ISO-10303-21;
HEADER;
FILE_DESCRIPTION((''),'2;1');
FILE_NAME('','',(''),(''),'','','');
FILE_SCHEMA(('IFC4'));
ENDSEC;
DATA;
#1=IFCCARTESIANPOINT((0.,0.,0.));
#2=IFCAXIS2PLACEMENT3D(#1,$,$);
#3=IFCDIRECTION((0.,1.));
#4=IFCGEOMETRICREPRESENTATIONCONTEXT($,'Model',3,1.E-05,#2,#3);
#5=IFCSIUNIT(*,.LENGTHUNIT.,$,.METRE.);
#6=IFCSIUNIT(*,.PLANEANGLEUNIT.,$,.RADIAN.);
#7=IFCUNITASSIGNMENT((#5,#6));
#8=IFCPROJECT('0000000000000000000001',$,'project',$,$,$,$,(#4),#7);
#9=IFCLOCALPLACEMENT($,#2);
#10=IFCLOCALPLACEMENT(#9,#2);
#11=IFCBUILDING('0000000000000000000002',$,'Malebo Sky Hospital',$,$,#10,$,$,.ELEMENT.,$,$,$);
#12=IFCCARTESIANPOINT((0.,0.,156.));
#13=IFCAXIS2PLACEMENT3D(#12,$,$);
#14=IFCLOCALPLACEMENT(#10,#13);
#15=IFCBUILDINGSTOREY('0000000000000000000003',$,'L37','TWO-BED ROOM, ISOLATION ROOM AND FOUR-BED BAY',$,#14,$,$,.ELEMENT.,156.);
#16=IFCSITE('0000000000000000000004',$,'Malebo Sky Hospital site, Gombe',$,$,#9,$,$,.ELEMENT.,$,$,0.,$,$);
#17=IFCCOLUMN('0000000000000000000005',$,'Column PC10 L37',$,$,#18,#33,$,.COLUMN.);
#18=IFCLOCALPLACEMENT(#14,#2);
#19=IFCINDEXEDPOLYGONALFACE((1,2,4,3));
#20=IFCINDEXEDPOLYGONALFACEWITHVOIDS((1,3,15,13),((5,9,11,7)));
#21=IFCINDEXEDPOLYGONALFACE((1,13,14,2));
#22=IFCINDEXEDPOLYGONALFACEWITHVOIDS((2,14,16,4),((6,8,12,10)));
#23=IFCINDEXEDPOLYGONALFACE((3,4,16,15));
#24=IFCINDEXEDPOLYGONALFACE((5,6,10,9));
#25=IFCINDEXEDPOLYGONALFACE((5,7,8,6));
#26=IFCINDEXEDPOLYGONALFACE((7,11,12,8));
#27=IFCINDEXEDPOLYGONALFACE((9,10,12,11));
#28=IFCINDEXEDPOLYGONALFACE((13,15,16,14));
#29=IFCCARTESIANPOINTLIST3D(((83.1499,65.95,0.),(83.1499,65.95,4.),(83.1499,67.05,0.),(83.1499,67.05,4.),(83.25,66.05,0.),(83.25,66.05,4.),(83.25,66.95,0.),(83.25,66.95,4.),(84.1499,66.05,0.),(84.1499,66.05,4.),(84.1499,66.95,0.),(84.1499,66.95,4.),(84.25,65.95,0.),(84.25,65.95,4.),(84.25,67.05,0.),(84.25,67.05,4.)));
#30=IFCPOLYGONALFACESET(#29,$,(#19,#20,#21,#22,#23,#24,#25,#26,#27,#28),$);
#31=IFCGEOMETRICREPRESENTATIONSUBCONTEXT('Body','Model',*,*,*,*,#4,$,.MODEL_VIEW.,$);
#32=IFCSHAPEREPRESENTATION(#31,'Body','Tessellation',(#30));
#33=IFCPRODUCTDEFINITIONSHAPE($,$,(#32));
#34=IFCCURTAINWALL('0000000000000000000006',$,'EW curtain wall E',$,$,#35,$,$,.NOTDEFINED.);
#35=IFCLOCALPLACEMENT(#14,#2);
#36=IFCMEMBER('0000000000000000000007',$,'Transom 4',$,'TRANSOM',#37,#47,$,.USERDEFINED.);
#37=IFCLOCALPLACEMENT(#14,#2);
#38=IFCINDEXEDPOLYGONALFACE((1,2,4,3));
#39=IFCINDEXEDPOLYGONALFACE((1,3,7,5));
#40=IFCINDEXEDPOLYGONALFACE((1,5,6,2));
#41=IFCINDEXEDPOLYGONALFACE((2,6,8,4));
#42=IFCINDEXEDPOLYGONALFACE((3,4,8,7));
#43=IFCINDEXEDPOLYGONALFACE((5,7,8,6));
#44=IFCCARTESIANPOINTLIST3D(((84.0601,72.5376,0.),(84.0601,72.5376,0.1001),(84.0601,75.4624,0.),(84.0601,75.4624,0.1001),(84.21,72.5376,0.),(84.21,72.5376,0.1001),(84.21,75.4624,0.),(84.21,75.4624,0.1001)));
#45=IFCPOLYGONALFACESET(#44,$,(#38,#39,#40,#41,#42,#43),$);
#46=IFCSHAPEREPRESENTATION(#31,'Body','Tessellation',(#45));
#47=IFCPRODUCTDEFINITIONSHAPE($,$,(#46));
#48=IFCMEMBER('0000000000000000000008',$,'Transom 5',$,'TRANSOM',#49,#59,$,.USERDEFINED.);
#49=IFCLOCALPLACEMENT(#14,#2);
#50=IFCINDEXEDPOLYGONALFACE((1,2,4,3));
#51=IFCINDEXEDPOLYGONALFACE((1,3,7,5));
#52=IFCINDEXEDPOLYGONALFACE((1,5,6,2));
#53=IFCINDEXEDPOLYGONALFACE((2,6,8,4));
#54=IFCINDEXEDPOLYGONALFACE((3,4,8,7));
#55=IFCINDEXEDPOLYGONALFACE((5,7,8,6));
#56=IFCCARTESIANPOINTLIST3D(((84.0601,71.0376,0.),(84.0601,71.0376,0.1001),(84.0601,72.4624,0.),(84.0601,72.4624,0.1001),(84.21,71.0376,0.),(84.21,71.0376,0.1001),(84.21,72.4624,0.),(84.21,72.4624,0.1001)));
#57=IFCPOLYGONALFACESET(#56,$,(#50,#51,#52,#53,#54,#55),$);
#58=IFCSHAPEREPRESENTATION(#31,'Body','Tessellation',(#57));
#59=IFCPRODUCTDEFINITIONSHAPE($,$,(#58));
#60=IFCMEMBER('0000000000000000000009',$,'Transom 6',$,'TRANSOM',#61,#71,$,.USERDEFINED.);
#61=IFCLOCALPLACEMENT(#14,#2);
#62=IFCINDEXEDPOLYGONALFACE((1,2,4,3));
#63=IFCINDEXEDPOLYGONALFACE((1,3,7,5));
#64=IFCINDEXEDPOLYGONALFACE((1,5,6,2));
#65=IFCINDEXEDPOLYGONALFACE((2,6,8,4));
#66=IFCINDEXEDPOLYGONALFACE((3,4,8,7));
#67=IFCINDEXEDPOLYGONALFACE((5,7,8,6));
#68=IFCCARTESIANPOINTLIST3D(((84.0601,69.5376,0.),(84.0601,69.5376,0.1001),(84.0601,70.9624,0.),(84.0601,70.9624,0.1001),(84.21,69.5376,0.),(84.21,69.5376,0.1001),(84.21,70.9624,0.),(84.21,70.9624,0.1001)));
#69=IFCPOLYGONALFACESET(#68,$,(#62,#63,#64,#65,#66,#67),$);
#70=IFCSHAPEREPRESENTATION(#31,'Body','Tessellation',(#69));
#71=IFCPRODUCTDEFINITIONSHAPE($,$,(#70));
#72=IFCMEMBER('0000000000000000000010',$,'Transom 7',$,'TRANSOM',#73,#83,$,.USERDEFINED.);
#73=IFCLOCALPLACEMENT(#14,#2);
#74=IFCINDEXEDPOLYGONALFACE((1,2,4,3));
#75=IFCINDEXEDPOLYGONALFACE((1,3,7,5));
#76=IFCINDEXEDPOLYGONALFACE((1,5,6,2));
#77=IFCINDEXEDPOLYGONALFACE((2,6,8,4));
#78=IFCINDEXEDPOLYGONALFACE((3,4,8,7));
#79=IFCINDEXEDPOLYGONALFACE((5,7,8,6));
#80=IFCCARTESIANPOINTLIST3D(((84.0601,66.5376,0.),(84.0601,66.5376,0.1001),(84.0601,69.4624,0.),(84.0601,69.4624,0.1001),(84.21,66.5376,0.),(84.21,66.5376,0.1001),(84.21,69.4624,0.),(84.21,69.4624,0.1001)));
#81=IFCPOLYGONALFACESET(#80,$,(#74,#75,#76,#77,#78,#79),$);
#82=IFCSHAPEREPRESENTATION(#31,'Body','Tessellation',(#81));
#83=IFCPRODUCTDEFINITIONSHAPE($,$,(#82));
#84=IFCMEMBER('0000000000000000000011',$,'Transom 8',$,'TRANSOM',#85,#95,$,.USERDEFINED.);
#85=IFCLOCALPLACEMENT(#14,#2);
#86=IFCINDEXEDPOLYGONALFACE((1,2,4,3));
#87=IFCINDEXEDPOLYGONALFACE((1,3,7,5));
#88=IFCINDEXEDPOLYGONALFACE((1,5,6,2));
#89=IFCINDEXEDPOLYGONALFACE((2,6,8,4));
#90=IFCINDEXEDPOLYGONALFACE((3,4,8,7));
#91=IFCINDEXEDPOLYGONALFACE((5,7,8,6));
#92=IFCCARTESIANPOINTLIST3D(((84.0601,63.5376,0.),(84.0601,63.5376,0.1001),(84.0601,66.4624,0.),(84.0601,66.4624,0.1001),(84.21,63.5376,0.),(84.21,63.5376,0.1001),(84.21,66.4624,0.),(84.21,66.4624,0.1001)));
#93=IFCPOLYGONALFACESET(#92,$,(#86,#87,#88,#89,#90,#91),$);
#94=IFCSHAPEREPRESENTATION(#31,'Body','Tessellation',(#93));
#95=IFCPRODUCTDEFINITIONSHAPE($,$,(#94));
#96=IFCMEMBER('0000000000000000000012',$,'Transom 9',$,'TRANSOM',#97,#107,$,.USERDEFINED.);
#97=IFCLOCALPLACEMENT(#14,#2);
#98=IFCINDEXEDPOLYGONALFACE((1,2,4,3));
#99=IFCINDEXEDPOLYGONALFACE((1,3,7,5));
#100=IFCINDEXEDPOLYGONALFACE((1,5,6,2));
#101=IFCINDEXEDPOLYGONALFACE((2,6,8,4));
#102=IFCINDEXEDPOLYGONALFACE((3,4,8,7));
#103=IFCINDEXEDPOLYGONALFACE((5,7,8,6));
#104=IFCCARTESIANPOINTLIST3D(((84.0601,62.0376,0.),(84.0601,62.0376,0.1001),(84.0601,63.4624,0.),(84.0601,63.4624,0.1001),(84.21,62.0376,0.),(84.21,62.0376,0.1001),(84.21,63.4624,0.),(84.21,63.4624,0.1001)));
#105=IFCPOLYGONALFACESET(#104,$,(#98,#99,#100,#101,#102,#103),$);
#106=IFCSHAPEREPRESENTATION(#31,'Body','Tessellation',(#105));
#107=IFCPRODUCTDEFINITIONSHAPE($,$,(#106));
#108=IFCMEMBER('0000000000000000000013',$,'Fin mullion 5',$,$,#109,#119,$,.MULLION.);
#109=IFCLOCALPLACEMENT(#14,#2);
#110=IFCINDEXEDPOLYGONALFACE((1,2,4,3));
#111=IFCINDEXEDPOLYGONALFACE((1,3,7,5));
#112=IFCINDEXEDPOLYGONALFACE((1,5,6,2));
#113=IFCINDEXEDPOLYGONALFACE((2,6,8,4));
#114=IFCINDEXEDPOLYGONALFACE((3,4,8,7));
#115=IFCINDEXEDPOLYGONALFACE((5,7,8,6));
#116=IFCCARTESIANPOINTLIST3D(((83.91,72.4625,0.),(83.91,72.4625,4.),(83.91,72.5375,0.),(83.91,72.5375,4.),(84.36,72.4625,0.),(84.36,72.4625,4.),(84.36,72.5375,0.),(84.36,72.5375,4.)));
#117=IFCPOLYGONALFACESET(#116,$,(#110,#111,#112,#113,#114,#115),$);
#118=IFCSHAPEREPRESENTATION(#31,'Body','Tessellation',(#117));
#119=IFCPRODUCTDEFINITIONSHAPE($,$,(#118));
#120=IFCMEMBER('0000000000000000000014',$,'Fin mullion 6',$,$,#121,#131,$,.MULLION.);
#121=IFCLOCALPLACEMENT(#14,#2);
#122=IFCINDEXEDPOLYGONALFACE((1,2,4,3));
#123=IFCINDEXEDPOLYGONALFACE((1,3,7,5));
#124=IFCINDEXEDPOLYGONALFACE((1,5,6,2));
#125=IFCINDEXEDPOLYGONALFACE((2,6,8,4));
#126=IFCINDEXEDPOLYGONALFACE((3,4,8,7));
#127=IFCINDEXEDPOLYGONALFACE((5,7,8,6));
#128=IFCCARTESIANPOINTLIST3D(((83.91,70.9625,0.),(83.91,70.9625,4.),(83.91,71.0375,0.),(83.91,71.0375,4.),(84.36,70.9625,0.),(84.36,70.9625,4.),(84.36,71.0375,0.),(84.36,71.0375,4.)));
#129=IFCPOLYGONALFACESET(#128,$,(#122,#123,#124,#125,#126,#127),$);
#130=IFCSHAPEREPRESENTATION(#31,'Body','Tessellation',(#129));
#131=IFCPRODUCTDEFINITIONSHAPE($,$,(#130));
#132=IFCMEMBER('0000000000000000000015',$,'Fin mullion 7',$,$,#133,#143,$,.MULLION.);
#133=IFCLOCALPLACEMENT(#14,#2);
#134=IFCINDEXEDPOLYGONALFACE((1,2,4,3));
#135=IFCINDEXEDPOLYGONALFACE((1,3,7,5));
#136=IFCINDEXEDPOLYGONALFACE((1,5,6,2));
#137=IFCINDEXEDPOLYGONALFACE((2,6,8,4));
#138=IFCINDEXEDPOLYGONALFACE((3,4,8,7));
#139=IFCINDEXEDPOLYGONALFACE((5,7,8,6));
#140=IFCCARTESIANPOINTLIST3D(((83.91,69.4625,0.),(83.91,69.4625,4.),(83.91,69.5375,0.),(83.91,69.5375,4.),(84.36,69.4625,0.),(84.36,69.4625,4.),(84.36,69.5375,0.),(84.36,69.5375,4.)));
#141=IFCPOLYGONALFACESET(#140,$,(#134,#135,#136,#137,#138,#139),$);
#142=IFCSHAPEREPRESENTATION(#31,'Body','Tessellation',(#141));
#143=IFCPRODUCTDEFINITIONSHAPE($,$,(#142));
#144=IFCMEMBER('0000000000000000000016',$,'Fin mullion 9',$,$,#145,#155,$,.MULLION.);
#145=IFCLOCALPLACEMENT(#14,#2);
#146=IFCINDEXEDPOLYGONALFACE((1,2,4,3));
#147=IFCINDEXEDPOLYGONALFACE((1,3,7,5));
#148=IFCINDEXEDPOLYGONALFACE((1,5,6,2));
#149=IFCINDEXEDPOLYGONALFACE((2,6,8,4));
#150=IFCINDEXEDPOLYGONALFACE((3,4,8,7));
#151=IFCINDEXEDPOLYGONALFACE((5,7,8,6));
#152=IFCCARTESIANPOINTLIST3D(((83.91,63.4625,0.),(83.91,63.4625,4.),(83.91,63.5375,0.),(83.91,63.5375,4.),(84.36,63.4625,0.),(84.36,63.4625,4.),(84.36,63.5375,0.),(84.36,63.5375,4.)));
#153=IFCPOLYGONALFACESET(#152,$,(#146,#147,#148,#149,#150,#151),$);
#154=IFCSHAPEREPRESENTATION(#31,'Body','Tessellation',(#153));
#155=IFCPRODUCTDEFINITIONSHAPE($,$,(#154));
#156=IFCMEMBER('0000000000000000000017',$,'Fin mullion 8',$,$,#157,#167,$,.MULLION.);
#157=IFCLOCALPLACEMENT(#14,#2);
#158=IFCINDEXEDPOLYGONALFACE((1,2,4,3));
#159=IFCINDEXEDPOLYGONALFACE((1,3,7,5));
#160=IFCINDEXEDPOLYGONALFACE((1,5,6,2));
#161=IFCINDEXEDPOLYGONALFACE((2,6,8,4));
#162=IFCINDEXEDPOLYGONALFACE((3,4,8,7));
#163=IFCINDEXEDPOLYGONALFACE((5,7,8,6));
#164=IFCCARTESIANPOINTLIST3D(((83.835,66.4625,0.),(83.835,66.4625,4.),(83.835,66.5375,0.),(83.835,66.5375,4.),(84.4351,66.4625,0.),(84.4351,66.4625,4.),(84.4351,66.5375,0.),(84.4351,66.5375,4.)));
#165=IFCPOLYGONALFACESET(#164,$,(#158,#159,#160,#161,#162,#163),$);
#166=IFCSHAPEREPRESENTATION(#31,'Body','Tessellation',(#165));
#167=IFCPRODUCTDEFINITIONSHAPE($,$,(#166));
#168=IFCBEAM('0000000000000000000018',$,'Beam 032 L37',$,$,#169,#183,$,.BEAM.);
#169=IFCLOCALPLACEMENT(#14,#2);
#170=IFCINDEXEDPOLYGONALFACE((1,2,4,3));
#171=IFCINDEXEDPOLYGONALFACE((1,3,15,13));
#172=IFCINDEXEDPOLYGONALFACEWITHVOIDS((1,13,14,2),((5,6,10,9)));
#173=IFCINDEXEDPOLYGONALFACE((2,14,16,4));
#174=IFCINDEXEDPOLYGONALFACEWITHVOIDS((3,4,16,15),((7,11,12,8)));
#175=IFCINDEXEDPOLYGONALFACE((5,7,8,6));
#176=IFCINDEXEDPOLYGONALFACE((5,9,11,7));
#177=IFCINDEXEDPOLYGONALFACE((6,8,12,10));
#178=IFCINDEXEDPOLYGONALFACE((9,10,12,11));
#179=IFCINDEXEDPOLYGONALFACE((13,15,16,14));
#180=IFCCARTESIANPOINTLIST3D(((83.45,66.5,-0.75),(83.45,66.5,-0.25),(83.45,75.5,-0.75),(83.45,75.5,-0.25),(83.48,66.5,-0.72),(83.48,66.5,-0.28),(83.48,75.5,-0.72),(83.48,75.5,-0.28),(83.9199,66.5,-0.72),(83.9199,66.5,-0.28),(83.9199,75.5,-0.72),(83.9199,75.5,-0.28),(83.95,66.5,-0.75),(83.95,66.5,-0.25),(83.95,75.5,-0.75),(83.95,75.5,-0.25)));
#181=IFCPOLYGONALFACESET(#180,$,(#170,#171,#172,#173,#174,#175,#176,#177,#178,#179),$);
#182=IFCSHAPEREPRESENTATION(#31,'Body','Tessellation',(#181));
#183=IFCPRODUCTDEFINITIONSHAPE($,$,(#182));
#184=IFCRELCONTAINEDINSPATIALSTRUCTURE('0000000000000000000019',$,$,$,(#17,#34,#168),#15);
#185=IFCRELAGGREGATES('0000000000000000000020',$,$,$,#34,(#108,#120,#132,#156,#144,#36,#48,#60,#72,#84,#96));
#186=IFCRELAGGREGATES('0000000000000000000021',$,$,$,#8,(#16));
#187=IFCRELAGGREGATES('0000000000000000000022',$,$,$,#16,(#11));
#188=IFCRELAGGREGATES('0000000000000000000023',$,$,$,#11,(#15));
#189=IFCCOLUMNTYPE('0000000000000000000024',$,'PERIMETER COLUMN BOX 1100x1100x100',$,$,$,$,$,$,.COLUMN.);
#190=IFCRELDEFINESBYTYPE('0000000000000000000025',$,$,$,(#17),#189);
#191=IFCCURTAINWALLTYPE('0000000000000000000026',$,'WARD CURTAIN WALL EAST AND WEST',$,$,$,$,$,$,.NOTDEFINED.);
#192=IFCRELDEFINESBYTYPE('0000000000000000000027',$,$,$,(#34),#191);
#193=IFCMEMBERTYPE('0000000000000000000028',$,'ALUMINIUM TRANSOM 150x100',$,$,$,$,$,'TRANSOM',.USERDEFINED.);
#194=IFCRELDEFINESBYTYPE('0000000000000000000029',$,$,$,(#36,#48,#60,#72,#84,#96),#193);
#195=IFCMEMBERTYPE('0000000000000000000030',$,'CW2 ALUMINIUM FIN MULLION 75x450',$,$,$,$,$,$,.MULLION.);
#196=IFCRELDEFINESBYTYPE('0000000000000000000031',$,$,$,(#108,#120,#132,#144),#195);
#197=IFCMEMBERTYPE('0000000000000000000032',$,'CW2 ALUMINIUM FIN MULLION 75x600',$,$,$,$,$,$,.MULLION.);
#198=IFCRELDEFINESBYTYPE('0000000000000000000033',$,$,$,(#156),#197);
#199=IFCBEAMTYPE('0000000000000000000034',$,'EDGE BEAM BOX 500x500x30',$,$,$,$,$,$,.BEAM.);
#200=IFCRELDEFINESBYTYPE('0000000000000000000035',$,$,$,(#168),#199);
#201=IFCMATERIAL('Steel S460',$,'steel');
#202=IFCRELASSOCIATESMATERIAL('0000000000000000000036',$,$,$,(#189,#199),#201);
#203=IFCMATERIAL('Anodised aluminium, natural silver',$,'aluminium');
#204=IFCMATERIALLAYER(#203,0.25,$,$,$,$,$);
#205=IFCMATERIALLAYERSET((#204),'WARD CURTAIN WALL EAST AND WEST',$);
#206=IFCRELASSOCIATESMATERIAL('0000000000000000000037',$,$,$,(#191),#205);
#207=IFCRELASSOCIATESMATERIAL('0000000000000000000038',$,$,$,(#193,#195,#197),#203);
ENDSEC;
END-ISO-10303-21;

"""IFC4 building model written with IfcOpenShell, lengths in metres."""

from ifc_helpers import new_model, si_unit, direction, frame, origin, origin_2d, place, context, subcontext, project, spatial, rectangle, hollow_rectangle, extrude, material, layer, layer_set, material_profile, profile_set, type_object, element, aggregate, save


model = new_model("IFC4")

# Units and contexts
model_context = context("Model", 3, precision=1e-05, world=origin(), true_north=direction((0.0, 1.0)))
body_context = subcontext(model_context, "Body", "Model", "MODEL_VIEW")
ifc_project = project(units=[si_unit("LENGTHUNIT", "METRE"), si_unit("PLANEANGLEUNIT", "RADIAN")], contexts=[model_context])

# Site, building, storey
site_placement = place(None, origin())
site = spatial("IfcSite", under=ifc_project, at=site_placement, Name="Malebo Sky Hospital site, Gombe", CompositionType="ELEMENT", RefElevation=0.0)
building_placement = place(site_placement, origin())
building = spatial("IfcBuilding", under=site, at=building_placement, Name="Malebo Sky Hospital", CompositionType="ELEMENT")
storey_placement = place(building_placement, frame((0.0, 0.0, 156.0)))
storey = spatial("IfcBuildingStorey", under=building, at=storey_placement, Name="L37", Description="TWO-BED ROOM, ISOLATION ROOM AND FOUR-BED BAY", CompositionType="ELEMENT", Elevation=156.0)

# Column
ifc_material_1 = material(Name="Steel S460", Category="steel")
ifc_material_profile_1 = material_profile(ifc_material_1, hollow_rectangle(XDim=1.1001, YDim=1.1001, WallThickness=0.1001, at=origin_2d()), Name="BOX 1100x1100x100")
ifc_profile_set_1 = profile_set([ifc_material_profile_1], Name="Steel S460")
column_type = type_object("IfcColumnType", Name="PERIMETER COLUMN BOX 1100x1100x100", PredefinedType="COLUMN", material=ifc_profile_set_1)
column_placement = place(storey_placement, frame((83.7, 66.5, 0.0), z_axis=(0.0, 0.0, 1.0), x_axis=(1.0, 0.0, 0.0)))
element("IfcColumn", 1, at=column_placement, inside=storey, type_object=column_type, Name="Column PC10 L37", PredefinedType="COLUMN", context=body_context, shape_type="SweptSolid", body=[
    extrude(hollow_rectangle(XDim=1.1001, YDim=1.1001, WallThickness=0.1001, at=origin_2d()), origin(), (0.0, 0.0, 1.0), 4.0),
])

# Curtain wall, members
ifc_material_2 = material(Name="Anodised aluminium, natural silver", Category="aluminium")
ifc_layer_1 = layer(ifc_material_2, 0.25)
ifc_layer_set_1 = layer_set([ifc_layer_1], Name="WARD CURTAIN WALL EAST AND WEST")
curtain_wall_type = type_object("IfcCurtainWallType", Name="WARD CURTAIN WALL EAST AND WEST", PredefinedType="NOTDEFINED", material=ifc_layer_set_1)
curtain_wall_placement = place(storey_placement, origin())
curtain_wall = element("IfcCurtainWall", 2, at=curtain_wall_placement, inside=storey, type_object=curtain_wall_type, Name="EW curtain wall E", PredefinedType="NOTDEFINED")
ifc_material_profile_2 = material_profile(ifc_material_2, rectangle(XDim=0.1499, YDim=0.1001, at=origin_2d()), Name="ALUMINIUM TRANSOM 150x100")
ifc_profile_set_2 = profile_set([ifc_material_profile_2], Name="Anodised aluminium, natural silver")
member_type_1 = type_object("IfcMemberType", Name="ALUMINIUM TRANSOM 150x100", ElementType="TRANSOM", PredefinedType="USERDEFINED", material=ifc_profile_set_2)
member_1_placement = place(storey_placement, frame((84.135, 75.4624, 0.05), z_axis=(0.0, -1.0, 0.0), x_axis=(1.0, 0.0, 0.0)))
member_1 = element("IfcMember", 3, at=member_1_placement, type_object=member_type_1, Name="Transom 4", ObjectType="TRANSOM", PredefinedType="USERDEFINED", context=body_context, shape_type="SweptSolid", body=[
    extrude(rectangle(XDim=0.1499, YDim=0.1001, at=origin_2d()), origin(), (0.0, 0.0, 1.0), 2.9248),
])
member_2_placement = place(storey_placement, frame((84.135, 72.4624, 0.05), z_axis=(0.0, -1.0, 0.0), x_axis=(1.0, 0.0, 0.0)))
member_2 = element("IfcMember", 4, at=member_2_placement, type_object=member_type_1, Name="Transom 5", ObjectType="TRANSOM", PredefinedType="USERDEFINED", context=body_context, shape_type="SweptSolid", body=[
    extrude(rectangle(XDim=0.1499, YDim=0.1001, at=origin_2d()), origin(), (0.0, 0.0, 1.0), 1.4248),
])
member_3_placement = place(storey_placement, frame((84.135, 70.9624, 0.05), z_axis=(0.0, -1.0, 0.0), x_axis=(1.0, 0.0, 0.0)))
member_3 = element("IfcMember", 5, at=member_3_placement, type_object=member_type_1, Name="Transom 6", ObjectType="TRANSOM", PredefinedType="USERDEFINED", context=body_context, shape_type="SweptSolid", body=[
    extrude(rectangle(XDim=0.1499, YDim=0.1001, at=origin_2d()), origin(), (0.0, 0.0, 1.0), 1.4248),
])
member_4_placement = place(storey_placement, frame((84.135, 69.4624, 0.05), z_axis=(0.0, -1.0, 0.0), x_axis=(1.0, 0.0, 0.0)))
member_4 = element("IfcMember", 6, at=member_4_placement, type_object=member_type_1, Name="Transom 7", ObjectType="TRANSOM", PredefinedType="USERDEFINED", context=body_context, shape_type="SweptSolid", body=[
    extrude(rectangle(XDim=0.1499, YDim=0.1001, at=origin_2d()), origin(), (0.0, 0.0, 1.0), 2.9248),
])
member_5_placement = place(storey_placement, frame((84.135, 66.4624, 0.05), z_axis=(0.0, -1.0, 0.0), x_axis=(1.0, 0.0, 0.0)))
member_5 = element("IfcMember", 7, at=member_5_placement, type_object=member_type_1, Name="Transom 8", ObjectType="TRANSOM", PredefinedType="USERDEFINED", context=body_context, shape_type="SweptSolid", body=[
    extrude(rectangle(XDim=0.1499, YDim=0.1001, at=origin_2d()), origin(), (0.0, 0.0, 1.0), 2.9248),
])
member_6_placement = place(storey_placement, frame((84.135, 63.4624, 0.05), z_axis=(0.0, -1.0, 0.0), x_axis=(1.0, 0.0, 0.0)))
member_6 = element("IfcMember", 8, at=member_6_placement, type_object=member_type_1, Name="Transom 9", ObjectType="TRANSOM", PredefinedType="USERDEFINED", context=body_context, shape_type="SweptSolid", body=[
    extrude(rectangle(XDim=0.1499, YDim=0.1001, at=origin_2d()), origin(), (0.0, 0.0, 1.0), 1.4248),
])
ifc_material_profile_3 = material_profile(ifc_material_2, rectangle(XDim=0.075, YDim=0.45, at=origin_2d()), Name="CW2 ALUMINIUM FIN MULLION 75x450")
ifc_profile_set_3 = profile_set([ifc_material_profile_3], Name="Anodised aluminium, natural silver")
member_type_2 = type_object("IfcMemberType", Name="CW2 ALUMINIUM FIN MULLION 75x450", PredefinedType="MULLION", material=ifc_profile_set_3)
member_7_placement = place(storey_placement, frame((84.135, 72.5, 0.0), z_axis=(0.0, 0.0, 1.0), x_axis=(0.0, -1.0, 0.0)))
member_7 = element("IfcMember", 9, at=member_7_placement, type_object=member_type_2, Name="Fin mullion 5", PredefinedType="MULLION", context=body_context, shape_type="SweptSolid", body=[
    extrude(rectangle(XDim=0.075, YDim=0.45, at=origin_2d()), origin(), (0.0, 0.0, 1.0), 4.0),
])
member_8_placement = place(storey_placement, frame((84.135, 71.0, 0.0), z_axis=(0.0, 0.0, 1.0), x_axis=(0.0, -1.0, 0.0)))
member_8 = element("IfcMember", 10, at=member_8_placement, type_object=member_type_2, Name="Fin mullion 6", PredefinedType="MULLION", context=body_context, shape_type="SweptSolid", body=[
    extrude(rectangle(XDim=0.075, YDim=0.45, at=origin_2d()), origin(), (0.0, 0.0, 1.0), 4.0),
])
member_9_placement = place(storey_placement, frame((84.135, 69.5, 0.0), z_axis=(0.0, 0.0, 1.0), x_axis=(0.0, -1.0, 0.0)))
member_9 = element("IfcMember", 11, at=member_9_placement, type_object=member_type_2, Name="Fin mullion 7", PredefinedType="MULLION", context=body_context, shape_type="SweptSolid", body=[
    extrude(rectangle(XDim=0.075, YDim=0.45, at=origin_2d()), origin(), (0.0, 0.0, 1.0), 4.0),
])
member_10_placement = place(storey_placement, frame((84.135, 63.5, 0.0), z_axis=(0.0, 0.0, 1.0), x_axis=(0.0, -1.0, 0.0)))
member_10 = element("IfcMember", 12, at=member_10_placement, type_object=member_type_2, Name="Fin mullion 9", PredefinedType="MULLION", context=body_context, shape_type="SweptSolid", body=[
    extrude(rectangle(XDim=0.075, YDim=0.45, at=origin_2d()), origin(), (0.0, 0.0, 1.0), 4.0),
])
ifc_material_profile_4 = material_profile(ifc_material_2, rectangle(XDim=0.075, YDim=0.6001, at=origin_2d()), Name="CW2 ALUMINIUM FIN MULLION 75x600")
ifc_profile_set_4 = profile_set([ifc_material_profile_4], Name="Anodised aluminium, natural silver")
member_type_3 = type_object("IfcMemberType", Name="CW2 ALUMINIUM FIN MULLION 75x600", PredefinedType="MULLION", material=ifc_profile_set_4)
member_11_placement = place(storey_placement, frame((84.135, 66.5, 0.0), z_axis=(0.0, 0.0, 1.0), x_axis=(0.0, -1.0, 0.0)))
member_11 = element("IfcMember", 13, at=member_11_placement, type_object=member_type_3, Name="Fin mullion 8", PredefinedType="MULLION", context=body_context, shape_type="SweptSolid", body=[
    extrude(rectangle(XDim=0.075, YDim=0.6001, at=origin_2d()), origin(), (0.0, 0.0, 1.0), 4.0),
])

# Beam
ifc_material_profile_5 = material_profile(ifc_material_1, hollow_rectangle(XDim=0.5, YDim=0.5, WallThickness=0.03, at=origin_2d()), Name="BOX 500x500x30")
ifc_profile_set_5 = profile_set([ifc_material_profile_5], Name="Steel S460")
beam_type = type_object("IfcBeamType", Name="EDGE BEAM BOX 500x500x30", PredefinedType="BEAM", material=ifc_profile_set_5)
beam_placement = place(storey_placement, frame((83.7, 66.5, -0.5), z_axis=(0.0, 1.0, 0.0), x_axis=(-1.0, 0.0, 0.0)))
element("IfcBeam", 14, at=beam_placement, inside=storey, type_object=beam_type, Name="Beam 032 L37", PredefinedType="BEAM", context=body_context, shape_type="SweptSolid", body=[
    extrude(hollow_rectangle(XDim=0.5, YDim=0.5, WallThickness=0.03, at=origin_2d()), origin(), (0.0, 0.0, 1.0), 9.0),
])

aggregate(curtain_wall, [member_7, member_8, member_9, member_11, member_10, member_1, member_2, member_3, member_4, member_5, member_6])

save(model, "model.ifc")
